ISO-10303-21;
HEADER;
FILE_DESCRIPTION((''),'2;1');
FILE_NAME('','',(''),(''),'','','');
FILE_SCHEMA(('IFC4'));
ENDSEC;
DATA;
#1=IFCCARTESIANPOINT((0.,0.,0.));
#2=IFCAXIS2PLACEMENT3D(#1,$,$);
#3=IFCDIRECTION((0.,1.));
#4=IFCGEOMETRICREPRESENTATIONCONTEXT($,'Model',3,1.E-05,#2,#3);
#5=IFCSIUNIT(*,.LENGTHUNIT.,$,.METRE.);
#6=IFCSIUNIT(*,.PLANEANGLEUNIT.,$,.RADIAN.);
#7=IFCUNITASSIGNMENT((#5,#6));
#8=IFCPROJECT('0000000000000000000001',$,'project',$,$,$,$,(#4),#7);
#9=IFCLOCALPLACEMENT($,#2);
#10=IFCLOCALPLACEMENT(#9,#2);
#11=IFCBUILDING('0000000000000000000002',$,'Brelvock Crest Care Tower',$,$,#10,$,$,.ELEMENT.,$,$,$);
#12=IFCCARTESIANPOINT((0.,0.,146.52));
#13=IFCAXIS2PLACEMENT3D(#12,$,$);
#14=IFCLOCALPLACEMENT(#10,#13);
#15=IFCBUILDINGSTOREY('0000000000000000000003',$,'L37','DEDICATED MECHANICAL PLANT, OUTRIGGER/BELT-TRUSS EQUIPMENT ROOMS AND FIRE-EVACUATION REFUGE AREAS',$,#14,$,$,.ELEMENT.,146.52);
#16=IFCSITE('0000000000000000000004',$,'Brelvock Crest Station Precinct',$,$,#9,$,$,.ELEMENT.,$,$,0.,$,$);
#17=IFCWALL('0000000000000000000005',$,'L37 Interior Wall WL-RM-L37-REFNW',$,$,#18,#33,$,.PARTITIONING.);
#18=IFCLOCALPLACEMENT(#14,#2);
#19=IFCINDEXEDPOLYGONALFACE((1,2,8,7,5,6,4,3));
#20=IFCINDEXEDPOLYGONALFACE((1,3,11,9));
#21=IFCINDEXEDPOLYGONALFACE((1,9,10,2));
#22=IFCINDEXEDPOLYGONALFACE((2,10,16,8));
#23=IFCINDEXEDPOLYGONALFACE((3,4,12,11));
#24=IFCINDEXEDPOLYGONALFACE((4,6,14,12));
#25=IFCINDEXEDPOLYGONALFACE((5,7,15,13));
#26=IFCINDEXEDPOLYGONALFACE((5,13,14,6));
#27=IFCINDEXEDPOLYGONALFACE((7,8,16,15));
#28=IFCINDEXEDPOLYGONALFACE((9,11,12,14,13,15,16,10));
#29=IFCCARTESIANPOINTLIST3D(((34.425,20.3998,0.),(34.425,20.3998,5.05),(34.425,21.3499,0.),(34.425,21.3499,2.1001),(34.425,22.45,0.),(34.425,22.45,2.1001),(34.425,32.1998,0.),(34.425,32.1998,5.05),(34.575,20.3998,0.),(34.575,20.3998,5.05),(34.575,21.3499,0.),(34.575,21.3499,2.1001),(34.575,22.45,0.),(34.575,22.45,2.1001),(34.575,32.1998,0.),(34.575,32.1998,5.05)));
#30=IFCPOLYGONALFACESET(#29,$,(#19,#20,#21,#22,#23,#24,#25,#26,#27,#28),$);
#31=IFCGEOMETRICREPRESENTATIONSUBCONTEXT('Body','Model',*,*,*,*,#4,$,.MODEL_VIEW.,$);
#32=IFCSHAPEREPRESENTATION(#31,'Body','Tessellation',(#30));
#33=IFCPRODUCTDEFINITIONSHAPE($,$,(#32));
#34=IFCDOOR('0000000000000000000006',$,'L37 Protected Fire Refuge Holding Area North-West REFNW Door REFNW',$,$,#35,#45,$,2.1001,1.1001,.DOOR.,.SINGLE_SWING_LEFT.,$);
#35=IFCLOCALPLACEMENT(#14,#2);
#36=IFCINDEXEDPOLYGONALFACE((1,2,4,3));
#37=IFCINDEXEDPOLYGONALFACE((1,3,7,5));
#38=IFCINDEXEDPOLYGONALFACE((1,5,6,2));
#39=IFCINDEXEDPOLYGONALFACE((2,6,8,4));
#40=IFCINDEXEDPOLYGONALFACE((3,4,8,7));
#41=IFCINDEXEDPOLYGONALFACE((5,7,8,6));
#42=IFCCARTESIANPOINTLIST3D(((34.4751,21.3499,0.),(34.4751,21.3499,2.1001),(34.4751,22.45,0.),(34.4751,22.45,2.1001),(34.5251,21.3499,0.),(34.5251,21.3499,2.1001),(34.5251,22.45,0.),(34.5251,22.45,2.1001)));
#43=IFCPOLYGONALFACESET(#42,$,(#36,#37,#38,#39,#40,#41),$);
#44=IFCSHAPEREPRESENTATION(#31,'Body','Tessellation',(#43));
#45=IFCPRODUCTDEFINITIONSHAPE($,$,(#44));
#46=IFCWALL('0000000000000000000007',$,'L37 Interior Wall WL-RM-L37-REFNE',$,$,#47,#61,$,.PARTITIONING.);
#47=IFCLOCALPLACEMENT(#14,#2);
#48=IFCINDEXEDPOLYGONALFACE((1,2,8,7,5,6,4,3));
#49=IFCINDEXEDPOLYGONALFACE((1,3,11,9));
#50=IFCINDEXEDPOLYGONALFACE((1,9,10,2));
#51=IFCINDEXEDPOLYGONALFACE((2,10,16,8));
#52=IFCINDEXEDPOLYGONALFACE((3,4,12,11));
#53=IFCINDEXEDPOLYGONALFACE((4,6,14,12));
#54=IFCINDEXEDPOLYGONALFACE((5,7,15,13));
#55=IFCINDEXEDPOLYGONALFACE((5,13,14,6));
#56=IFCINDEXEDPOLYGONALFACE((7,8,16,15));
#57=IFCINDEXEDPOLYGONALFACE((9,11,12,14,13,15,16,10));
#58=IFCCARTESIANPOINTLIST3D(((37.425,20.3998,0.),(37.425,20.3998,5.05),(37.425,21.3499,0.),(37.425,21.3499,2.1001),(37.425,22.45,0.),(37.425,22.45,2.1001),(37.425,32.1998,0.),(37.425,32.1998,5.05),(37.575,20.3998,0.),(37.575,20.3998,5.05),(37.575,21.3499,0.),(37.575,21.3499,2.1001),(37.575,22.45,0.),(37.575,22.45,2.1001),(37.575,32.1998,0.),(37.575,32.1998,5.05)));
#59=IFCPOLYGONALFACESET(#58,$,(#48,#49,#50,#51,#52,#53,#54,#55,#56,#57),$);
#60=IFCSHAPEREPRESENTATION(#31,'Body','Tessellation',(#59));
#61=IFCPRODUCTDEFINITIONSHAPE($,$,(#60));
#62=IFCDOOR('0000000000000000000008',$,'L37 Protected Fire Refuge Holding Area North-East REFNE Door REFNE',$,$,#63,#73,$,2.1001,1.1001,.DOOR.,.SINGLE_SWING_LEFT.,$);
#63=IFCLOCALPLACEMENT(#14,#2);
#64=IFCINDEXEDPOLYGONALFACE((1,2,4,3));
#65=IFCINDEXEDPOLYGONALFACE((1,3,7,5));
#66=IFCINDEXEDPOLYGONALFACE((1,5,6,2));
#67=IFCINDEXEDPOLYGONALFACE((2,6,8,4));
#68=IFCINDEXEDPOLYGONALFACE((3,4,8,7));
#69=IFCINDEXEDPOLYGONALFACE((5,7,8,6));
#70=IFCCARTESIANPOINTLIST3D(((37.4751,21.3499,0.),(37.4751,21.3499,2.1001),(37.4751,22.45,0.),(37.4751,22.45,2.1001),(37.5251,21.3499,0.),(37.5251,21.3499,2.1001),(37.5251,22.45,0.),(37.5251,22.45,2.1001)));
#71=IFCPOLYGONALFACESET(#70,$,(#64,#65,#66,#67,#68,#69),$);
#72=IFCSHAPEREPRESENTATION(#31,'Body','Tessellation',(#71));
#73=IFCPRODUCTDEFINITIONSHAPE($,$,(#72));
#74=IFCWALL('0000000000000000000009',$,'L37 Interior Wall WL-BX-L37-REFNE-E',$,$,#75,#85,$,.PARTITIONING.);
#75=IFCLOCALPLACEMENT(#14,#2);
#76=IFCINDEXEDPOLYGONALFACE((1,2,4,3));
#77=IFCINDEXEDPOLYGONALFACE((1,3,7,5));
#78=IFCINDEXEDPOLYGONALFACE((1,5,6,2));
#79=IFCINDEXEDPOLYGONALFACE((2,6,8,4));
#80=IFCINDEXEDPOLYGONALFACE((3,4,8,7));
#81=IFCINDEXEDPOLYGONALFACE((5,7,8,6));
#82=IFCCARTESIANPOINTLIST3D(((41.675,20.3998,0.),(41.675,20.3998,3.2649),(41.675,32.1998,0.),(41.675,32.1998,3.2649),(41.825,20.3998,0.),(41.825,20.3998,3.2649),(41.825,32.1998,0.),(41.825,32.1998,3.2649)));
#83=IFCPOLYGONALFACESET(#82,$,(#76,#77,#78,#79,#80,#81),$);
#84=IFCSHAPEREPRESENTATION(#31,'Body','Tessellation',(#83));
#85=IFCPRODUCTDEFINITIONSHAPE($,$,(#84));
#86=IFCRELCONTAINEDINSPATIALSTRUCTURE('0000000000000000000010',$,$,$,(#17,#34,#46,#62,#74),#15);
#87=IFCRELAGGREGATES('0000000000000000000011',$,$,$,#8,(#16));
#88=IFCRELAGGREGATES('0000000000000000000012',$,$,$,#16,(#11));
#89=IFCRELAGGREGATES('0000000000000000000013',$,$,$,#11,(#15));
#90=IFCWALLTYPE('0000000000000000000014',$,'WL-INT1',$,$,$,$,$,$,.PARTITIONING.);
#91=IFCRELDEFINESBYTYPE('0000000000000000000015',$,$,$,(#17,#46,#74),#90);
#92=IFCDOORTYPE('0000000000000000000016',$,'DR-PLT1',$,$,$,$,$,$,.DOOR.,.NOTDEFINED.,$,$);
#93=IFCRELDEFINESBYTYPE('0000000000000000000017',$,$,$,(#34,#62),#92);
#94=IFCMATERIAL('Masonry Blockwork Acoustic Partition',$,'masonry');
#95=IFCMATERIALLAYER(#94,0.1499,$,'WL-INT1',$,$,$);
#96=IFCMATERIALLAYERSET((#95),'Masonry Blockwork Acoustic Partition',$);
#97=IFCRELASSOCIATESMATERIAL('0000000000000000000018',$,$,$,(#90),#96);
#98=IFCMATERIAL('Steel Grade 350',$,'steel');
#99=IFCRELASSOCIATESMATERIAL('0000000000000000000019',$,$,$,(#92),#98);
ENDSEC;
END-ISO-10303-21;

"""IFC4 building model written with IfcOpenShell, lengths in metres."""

from ifc_helpers import new_model, si_unit, direction, frame, frame_2d, origin, origin_2d, place, context, subcontext, project, spatial, rectangle, extrude, source, transform, mapped, material, layer, layer_set, type_object, element, fill, save


model = new_model("IFC4")

# Units and contexts
model_context = context("Model", 3, precision=1e-05, world=origin(), true_north=direction((0.0, 1.0)))
body_context = subcontext(model_context, "Body", "Model", "MODEL_VIEW")
ifc_project = project(units=[si_unit("LENGTHUNIT", "METRE"), si_unit("PLANEANGLEUNIT", "RADIAN")], contexts=[model_context])

# Site, building, storey
site_placement = place(None, origin())
site = spatial("IfcSite", under=ifc_project, at=site_placement, Name="Brelvock Crest Station Precinct", CompositionType="ELEMENT", RefElevation=0.0)
building_placement = place(site_placement, origin())
building = spatial("IfcBuilding", under=site, at=building_placement, Name="Brelvock Crest Care Tower", CompositionType="ELEMENT")
storey_placement = place(building_placement, frame((0.0, 0.0, 146.52)))
storey = spatial("IfcBuildingStorey", under=building, at=storey_placement, Name="L37", Description="DEDICATED MECHANICAL PLANT, OUTRIGGER/BELT-TRUSS EQUIPMENT ROOMS AND FIRE-EVACUATION REFUGE AREAS", CompositionType="ELEMENT", Elevation=146.52)

# Shared definitions
ifc_material_1 = material(Name="Steel Grade 350", Category="steel")

# Shared definitions
ifc_material_2 = material(Name="Masonry Blockwork Acoustic Partition", Category="masonry")
ifc_layer_1 = layer(ifc_material_2, 0.1499, Name="WL-INT1")
ifc_layer_set_1 = layer_set([ifc_layer_1], Name="Masonry Blockwork Acoustic Partition")
wall_type_1 = type_object("IfcWallType", Name="WL-INT1", PredefinedType="PARTITIONING", material=ifc_layer_set_1)

# Walls, openings, doors
wall_1_placement = place(storey_placement, frame((34.5, 20.3999, 0.0), z_axis=(0.0, 0.0, 1.0), x_axis=(0.0, 1.0, 0.0)))
wall_1 = element("IfcWall", 1, at=wall_1_placement, inside=storey, type_object=wall_type_1, Name="L37 Interior Wall WL-RM-L37-REFNW", PredefinedType="PARTITIONING", context=body_context, shape_type="SweptSolid", body=[
    extrude(rectangle(XDim=11.8, YDim=0.1499, at=frame_2d((5.8999, 0.0))), origin(), (0.0, 0.0, 1.0), 5.05),
])
opening_1_placement = place(wall_1_placement, frame((0.95, 0.0, 0.0)))
opening_1 = element("IfcOpeningElement", 2, at=opening_1_placement, cuts=wall_1, PredefinedType="OPENING", context=body_context, shape_type="SweptSolid", body=[
    extrude(rectangle(XDim=1.1001, YDim=2.1001, at=origin_2d()), frame((0.55, 0.085, 1.05), z_axis=(0.0, -1.0, 0.0), x_axis=(1.0, 0.0, 0.0)), (0.0, 0.0, 1.0), 0.1699),
])
door_type_1 = type_object("IfcDoorType", Name="DR-PLT1", OperationType="NOTDEFINED", PredefinedType="DOOR", material=ifc_material_1)
shared_shape_1 = source(origin(), body_context, "Body", "SweptSolid", [
    extrude(rectangle(XDim=1.1001, YDim=2.1001, at=origin_2d()), frame((0.55, 0.0249, 1.05), z_axis=(0.0, -1.0, 0.0), x_axis=(1.0, 0.0, 0.0)), (0.0, 0.0, 1.0), 0.05),
])
door_1_placement = place(opening_1_placement, origin())
door_1 = element("IfcDoor", 3, at=door_1_placement, inside=storey, type_object=door_type_1, Name="L37 Protected Fire Refuge Holding Area North-West REFNW Door REFNW", OperationType="SINGLE_SWING_LEFT", OverallHeight=2.1001, OverallWidth=1.1001, PredefinedType="DOOR", context=body_context, shape_type="MappedRepresentation", body=[
    mapped(shared_shape_1, transform((0.0, 0.0, 0.0), x_axis=(1.0, 0.0, 0.0), y_axis=(0.0, 1.0, 0.0), z_axis=(0.0, 0.0, 1.0), scale=1.0)),
])
fill(opening_1, door_1)
wall_2_placement = place(storey_placement, frame((37.5, 20.3999, 0.0), z_axis=(0.0, 0.0, 1.0), x_axis=(0.0, 1.0, 0.0)))
wall_2 = element("IfcWall", 4, at=wall_2_placement, inside=storey, type_object=wall_type_1, Name="L37 Interior Wall WL-RM-L37-REFNE", PredefinedType="PARTITIONING", context=body_context, shape_type="SweptSolid", body=[
    extrude(rectangle(XDim=11.8, YDim=0.1499, at=frame_2d((5.8999, 0.0))), origin(), (0.0, 0.0, 1.0), 5.05),
])
opening_2_placement = place(wall_2_placement, frame((0.95, 0.0, 0.0)))
opening_2 = element("IfcOpeningElement", 5, at=opening_2_placement, cuts=wall_2, PredefinedType="OPENING", context=body_context, shape_type="SweptSolid", body=[
    extrude(rectangle(XDim=1.1001, YDim=2.1001, at=origin_2d()), frame((0.55, 0.085, 1.05), z_axis=(0.0, -1.0, 0.0), x_axis=(1.0, 0.0, 0.0)), (0.0, 0.0, 1.0), 0.1699),
])
door_2_placement = place(opening_2_placement, origin())
door_2 = element("IfcDoor", 6, at=door_2_placement, inside=storey, type_object=door_type_1, Name="L37 Protected Fire Refuge Holding Area North-East REFNE Door REFNE", OperationType="SINGLE_SWING_LEFT", OverallHeight=2.1001, OverallWidth=1.1001, PredefinedType="DOOR", context=body_context, shape_type="MappedRepresentation", body=[
    mapped(shared_shape_1, transform((0.0, 0.0, 0.0), x_axis=(1.0, 0.0, 0.0), y_axis=(0.0, 1.0, 0.0), z_axis=(0.0, 0.0, 1.0), scale=1.0)),
])
fill(opening_2, door_2)

# Wall
wall_3_placement = place(storey_placement, frame((41.75, 20.3999, 0.0), z_axis=(0.0, 0.0, 1.0), x_axis=(0.0, 1.0, 0.0)))
element("IfcWall", 7, at=wall_3_placement, inside=storey, type_object=wall_type_1, Name="L37 Interior Wall WL-BX-L37-REFNE-E", PredefinedType="PARTITIONING", context=body_context, shape_type="SweptSolid", body=[
    extrude(rectangle(XDim=11.8, YDim=0.1499, at=frame_2d((5.8999, 0.0))), origin(), (0.0, 0.0, 1.0), 3.2649),
])

save(model, "model.ifc")
